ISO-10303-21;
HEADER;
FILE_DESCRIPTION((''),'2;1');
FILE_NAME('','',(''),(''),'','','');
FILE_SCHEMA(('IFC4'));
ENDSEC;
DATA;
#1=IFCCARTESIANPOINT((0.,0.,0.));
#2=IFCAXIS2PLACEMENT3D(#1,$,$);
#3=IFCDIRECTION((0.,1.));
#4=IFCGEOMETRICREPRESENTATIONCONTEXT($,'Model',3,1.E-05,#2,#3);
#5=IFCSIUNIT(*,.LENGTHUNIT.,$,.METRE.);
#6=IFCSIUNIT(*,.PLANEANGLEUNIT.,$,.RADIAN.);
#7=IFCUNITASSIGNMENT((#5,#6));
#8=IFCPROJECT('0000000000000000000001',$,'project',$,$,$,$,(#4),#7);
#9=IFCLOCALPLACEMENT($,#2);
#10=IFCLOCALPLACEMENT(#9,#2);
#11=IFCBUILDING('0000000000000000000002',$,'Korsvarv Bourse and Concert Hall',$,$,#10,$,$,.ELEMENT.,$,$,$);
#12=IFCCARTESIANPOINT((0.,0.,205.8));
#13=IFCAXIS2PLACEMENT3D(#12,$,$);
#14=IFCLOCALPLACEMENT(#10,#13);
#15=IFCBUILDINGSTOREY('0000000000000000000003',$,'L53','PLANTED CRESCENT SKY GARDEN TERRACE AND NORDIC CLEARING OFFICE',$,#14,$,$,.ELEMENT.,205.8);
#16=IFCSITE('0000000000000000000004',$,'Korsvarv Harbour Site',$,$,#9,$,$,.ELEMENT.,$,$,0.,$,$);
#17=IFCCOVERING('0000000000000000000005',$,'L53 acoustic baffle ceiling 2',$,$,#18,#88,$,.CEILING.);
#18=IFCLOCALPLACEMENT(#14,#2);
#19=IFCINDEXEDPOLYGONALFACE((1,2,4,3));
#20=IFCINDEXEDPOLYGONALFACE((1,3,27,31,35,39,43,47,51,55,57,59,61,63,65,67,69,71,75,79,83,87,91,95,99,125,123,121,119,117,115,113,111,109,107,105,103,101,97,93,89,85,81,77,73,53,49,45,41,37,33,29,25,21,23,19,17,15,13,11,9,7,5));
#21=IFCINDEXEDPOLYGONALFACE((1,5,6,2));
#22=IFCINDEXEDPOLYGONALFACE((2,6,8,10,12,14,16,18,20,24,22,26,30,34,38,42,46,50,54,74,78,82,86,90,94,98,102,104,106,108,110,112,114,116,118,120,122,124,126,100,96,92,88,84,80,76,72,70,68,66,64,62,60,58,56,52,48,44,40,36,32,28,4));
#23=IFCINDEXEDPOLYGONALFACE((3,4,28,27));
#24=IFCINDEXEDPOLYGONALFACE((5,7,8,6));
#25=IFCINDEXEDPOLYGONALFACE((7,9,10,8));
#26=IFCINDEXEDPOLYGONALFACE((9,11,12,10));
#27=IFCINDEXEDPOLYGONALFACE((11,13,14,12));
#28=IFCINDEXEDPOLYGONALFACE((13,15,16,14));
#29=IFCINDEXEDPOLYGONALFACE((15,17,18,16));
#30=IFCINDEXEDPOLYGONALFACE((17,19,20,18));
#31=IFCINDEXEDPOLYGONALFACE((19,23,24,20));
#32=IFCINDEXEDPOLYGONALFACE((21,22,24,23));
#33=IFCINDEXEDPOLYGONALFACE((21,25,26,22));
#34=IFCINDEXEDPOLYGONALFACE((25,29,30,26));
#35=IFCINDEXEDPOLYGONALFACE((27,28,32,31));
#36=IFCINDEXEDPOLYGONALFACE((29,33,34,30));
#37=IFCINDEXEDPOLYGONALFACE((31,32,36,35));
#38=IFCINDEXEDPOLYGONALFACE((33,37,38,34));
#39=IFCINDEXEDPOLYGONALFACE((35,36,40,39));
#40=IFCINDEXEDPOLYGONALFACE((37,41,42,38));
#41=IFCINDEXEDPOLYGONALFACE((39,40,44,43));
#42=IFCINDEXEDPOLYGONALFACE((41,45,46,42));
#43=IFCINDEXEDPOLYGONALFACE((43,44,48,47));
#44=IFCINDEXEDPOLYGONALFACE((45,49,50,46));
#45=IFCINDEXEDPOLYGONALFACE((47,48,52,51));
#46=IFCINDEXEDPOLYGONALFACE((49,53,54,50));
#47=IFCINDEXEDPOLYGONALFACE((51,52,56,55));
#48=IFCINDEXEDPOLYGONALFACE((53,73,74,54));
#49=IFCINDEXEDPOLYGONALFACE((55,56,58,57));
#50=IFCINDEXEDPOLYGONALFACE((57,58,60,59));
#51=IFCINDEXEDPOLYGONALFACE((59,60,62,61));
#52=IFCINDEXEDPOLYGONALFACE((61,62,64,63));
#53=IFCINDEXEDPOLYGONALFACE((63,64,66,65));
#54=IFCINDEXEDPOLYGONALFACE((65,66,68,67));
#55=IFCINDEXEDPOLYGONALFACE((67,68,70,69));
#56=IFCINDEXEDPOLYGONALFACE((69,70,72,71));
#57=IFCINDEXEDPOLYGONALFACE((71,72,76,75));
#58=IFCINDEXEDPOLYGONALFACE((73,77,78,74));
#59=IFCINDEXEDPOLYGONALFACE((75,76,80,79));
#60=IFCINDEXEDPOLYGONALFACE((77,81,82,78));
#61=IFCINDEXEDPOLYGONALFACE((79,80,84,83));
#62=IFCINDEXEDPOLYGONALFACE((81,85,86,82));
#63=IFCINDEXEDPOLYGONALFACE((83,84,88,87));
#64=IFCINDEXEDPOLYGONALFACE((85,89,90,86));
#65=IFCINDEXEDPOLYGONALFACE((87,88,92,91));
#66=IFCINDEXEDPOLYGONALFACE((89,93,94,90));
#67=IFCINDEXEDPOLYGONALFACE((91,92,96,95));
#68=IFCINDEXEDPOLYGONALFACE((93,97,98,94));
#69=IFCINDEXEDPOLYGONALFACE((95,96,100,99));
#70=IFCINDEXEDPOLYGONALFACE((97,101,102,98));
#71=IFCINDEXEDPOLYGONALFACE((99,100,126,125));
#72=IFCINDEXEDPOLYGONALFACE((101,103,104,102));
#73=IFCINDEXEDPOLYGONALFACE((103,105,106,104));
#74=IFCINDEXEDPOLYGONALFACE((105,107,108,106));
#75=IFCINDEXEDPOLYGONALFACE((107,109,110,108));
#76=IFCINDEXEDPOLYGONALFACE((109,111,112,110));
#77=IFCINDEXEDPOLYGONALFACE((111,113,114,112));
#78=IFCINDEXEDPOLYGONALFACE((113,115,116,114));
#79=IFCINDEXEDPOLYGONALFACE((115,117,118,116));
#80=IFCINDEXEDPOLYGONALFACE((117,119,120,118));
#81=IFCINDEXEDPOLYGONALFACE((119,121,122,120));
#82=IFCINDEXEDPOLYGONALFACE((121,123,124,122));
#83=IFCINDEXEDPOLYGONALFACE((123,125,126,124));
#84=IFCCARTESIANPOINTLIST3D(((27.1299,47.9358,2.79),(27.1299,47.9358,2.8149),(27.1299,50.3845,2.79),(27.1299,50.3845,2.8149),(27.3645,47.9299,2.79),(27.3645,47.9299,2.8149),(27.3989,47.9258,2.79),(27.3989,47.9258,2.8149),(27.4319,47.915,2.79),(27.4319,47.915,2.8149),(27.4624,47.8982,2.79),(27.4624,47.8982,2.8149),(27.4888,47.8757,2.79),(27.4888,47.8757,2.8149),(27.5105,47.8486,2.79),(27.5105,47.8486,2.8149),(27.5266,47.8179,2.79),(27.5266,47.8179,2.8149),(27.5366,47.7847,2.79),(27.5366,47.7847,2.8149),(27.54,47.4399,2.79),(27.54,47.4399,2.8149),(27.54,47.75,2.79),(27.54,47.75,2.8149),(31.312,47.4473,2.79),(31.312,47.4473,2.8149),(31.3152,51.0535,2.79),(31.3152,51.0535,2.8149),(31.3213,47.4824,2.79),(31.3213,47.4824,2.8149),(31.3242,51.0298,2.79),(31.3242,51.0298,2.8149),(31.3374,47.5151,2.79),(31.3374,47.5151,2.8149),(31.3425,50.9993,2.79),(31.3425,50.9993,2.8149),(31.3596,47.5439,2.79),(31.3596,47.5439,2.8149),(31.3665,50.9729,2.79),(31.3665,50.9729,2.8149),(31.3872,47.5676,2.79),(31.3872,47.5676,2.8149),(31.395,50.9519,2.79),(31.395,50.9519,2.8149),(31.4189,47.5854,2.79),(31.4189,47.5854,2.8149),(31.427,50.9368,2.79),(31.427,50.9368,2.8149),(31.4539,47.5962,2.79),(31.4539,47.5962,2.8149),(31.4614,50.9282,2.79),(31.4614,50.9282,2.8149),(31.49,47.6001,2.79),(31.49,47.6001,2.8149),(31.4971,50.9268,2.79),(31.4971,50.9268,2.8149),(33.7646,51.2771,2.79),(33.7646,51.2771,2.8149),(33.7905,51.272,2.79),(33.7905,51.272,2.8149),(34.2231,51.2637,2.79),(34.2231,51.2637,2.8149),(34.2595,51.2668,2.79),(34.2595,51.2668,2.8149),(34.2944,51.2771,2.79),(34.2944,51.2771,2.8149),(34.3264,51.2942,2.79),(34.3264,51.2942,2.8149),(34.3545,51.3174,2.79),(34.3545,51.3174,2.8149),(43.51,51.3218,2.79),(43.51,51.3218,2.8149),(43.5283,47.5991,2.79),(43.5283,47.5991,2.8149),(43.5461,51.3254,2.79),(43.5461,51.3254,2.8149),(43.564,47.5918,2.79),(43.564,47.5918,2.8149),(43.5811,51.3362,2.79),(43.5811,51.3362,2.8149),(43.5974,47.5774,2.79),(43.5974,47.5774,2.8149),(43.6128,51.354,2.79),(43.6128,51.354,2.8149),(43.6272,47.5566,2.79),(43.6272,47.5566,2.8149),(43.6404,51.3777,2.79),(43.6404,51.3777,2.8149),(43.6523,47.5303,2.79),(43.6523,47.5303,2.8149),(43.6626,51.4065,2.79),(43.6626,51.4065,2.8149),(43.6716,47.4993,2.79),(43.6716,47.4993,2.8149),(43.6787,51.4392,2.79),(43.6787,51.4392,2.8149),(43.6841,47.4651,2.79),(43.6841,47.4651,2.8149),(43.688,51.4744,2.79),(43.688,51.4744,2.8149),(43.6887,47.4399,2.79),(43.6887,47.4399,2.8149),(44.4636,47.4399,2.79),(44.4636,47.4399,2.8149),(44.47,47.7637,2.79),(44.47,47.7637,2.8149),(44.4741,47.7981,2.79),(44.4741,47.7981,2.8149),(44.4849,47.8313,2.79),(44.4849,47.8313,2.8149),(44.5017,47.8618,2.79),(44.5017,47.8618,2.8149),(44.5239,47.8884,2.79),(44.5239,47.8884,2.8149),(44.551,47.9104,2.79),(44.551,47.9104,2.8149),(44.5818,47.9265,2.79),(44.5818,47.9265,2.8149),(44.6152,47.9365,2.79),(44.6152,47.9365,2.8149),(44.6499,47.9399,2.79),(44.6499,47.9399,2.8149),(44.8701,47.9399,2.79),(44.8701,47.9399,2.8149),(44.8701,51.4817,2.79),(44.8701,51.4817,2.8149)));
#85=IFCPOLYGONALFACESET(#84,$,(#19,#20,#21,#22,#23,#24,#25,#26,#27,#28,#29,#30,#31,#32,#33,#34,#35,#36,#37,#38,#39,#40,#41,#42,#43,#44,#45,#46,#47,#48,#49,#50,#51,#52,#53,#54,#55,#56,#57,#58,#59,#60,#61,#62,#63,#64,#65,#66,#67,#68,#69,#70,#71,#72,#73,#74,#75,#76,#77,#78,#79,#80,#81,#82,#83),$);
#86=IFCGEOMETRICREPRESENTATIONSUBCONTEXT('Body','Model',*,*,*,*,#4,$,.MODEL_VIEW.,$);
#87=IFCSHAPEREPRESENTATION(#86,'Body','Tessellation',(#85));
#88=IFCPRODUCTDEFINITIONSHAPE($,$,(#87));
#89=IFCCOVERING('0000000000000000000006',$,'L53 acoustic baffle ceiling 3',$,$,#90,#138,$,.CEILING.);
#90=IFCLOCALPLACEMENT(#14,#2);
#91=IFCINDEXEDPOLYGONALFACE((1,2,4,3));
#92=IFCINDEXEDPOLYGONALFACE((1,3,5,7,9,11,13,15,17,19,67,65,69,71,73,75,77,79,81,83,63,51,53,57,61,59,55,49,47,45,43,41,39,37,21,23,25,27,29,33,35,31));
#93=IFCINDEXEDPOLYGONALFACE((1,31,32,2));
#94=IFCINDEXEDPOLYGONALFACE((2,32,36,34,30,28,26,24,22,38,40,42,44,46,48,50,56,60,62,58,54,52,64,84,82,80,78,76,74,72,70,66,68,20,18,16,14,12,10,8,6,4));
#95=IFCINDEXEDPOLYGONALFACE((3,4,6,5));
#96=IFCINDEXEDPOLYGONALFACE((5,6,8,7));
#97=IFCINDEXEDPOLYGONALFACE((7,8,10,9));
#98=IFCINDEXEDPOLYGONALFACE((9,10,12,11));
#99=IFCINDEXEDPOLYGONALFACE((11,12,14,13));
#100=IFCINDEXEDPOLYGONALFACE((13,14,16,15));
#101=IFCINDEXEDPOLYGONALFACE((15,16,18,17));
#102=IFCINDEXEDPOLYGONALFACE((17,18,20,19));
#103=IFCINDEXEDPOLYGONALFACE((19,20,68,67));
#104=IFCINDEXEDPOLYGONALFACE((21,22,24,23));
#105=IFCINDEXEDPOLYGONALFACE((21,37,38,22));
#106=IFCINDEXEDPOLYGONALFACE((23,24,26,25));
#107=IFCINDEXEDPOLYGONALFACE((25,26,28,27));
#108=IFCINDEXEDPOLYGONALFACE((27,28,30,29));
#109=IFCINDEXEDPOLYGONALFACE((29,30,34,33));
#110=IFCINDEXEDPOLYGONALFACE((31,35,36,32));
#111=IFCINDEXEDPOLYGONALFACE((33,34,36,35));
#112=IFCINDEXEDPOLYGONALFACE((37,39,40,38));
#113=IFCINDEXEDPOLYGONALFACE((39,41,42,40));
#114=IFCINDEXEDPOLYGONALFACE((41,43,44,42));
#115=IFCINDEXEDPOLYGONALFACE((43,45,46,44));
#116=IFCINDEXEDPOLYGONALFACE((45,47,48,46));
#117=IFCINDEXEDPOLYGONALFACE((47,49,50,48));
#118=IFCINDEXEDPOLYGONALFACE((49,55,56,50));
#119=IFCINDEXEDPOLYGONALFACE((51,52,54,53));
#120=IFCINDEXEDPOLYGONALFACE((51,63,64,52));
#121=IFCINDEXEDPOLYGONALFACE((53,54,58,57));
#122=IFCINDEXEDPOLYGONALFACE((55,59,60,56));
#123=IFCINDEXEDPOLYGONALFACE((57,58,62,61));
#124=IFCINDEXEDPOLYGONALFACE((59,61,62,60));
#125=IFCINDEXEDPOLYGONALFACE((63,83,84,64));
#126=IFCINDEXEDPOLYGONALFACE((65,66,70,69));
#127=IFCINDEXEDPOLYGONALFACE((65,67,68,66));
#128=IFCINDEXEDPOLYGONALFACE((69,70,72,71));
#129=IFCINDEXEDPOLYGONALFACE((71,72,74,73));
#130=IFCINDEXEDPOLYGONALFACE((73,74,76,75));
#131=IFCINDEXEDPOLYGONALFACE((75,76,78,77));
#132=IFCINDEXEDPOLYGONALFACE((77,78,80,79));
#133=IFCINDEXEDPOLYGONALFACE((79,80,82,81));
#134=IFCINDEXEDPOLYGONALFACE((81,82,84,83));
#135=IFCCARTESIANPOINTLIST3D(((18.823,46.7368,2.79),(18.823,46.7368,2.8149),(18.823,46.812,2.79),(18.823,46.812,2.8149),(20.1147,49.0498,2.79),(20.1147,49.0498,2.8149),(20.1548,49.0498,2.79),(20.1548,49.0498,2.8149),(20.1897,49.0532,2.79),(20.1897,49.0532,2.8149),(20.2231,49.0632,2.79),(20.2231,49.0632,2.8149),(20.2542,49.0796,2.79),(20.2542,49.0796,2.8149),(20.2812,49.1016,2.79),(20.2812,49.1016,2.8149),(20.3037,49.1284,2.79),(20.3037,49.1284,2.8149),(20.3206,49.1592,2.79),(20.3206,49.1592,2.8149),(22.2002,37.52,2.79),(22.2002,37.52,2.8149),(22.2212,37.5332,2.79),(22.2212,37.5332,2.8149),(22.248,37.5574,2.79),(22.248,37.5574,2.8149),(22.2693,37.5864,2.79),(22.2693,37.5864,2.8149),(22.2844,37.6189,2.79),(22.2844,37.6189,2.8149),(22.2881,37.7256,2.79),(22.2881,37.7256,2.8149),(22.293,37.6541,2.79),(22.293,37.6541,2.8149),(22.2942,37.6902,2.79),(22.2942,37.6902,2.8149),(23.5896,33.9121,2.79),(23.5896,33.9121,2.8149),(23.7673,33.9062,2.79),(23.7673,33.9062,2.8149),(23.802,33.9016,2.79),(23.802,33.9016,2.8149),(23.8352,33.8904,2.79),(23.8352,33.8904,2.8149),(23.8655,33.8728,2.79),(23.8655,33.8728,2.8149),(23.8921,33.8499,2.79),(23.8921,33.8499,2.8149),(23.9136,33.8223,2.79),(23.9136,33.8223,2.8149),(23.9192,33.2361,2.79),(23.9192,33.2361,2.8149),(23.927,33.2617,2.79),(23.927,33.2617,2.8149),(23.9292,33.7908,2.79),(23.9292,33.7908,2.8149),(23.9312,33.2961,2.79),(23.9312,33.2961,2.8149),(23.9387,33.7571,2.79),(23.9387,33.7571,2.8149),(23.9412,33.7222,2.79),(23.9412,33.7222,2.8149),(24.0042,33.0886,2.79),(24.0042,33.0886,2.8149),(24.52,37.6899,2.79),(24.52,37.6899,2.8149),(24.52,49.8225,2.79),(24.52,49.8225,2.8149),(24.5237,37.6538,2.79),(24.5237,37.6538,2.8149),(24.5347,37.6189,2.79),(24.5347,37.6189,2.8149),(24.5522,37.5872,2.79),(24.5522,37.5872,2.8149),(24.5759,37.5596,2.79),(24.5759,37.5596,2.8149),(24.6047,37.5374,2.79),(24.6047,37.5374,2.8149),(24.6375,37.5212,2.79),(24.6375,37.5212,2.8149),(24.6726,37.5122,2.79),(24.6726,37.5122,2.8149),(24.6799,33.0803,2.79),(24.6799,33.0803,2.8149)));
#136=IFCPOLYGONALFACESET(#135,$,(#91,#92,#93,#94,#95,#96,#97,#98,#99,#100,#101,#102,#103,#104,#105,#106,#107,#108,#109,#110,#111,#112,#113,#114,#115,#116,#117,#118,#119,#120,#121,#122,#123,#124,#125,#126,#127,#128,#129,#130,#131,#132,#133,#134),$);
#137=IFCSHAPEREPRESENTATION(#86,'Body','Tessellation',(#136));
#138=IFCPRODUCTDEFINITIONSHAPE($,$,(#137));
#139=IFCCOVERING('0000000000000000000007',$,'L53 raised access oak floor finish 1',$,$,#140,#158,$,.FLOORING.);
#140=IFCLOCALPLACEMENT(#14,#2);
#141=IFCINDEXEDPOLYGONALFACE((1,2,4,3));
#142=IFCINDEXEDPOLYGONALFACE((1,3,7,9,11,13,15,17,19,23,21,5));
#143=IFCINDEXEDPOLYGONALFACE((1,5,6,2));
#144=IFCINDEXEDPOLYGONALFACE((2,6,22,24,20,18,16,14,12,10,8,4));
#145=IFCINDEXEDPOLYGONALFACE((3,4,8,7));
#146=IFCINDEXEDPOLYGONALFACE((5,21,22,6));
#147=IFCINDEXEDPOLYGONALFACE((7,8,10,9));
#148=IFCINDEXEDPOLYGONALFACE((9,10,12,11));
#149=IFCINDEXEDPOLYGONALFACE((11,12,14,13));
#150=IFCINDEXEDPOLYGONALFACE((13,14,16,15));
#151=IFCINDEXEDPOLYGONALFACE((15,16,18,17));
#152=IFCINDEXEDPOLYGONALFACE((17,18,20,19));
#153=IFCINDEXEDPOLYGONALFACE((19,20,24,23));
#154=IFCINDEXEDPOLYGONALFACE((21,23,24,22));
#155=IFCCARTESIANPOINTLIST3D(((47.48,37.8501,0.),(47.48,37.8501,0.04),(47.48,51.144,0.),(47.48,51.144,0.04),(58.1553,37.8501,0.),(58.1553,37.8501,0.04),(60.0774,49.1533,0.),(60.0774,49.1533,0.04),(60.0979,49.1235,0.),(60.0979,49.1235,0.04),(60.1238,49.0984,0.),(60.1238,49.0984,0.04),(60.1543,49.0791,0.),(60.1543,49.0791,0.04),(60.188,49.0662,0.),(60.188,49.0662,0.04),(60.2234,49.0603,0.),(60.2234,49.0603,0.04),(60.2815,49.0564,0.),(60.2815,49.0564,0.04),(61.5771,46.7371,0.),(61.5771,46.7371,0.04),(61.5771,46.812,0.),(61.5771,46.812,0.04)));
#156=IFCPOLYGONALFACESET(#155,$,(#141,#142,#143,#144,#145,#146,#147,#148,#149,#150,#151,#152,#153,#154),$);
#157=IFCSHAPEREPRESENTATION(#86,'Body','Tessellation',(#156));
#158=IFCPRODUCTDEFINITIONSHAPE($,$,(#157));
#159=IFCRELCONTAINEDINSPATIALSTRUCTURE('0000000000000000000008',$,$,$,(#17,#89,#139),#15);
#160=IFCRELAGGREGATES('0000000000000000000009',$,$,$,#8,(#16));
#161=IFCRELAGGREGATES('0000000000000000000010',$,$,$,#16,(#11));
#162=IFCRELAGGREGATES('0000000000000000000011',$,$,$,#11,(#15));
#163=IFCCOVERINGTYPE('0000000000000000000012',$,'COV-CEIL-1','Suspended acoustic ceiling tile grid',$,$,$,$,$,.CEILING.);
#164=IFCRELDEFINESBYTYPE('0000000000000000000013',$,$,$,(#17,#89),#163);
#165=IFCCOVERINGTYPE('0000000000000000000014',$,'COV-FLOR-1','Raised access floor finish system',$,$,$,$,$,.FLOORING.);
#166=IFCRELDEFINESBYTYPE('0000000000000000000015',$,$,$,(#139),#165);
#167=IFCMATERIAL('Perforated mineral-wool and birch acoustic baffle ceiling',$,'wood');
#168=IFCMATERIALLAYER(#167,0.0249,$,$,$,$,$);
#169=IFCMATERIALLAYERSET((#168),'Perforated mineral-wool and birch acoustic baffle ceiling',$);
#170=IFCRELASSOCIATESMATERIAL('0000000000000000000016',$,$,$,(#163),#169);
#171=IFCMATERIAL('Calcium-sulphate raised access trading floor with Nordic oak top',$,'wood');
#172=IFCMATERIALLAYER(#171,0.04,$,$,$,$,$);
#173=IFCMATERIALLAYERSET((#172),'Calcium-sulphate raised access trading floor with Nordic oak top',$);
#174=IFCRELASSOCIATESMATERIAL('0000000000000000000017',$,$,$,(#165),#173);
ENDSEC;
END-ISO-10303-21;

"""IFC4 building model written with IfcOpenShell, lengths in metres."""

from ifc_helpers import new_model, si_unit, direction, frame, origin, place, context, subcontext, project, spatial, polyline, outline, extrude, material, layer, layer_set, type_object, element, save


model = new_model("IFC4")

# Units and contexts
model_context = context("Model", 3, precision=1e-05, world=origin(), true_north=direction((0.0, 1.0)))
body_context = subcontext(model_context, "Body", "Model", "MODEL_VIEW")
ifc_project = project(units=[si_unit("LENGTHUNIT", "METRE"), si_unit("PLANEANGLEUNIT", "RADIAN")], contexts=[model_context])

# Site, building, storey
site_placement = place(None, origin())
site = spatial("IfcSite", under=ifc_project, at=site_placement, Name="Korsvarv Harbour Site", CompositionType="ELEMENT", RefElevation=0.0)
building_placement = place(site_placement, origin())
building = spatial("IfcBuilding", under=site, at=building_placement, Name="Korsvarv Bourse and Concert Hall", CompositionType="ELEMENT")
storey_placement = place(building_placement, frame((0.0, 0.0, 205.8)))
storey = spatial("IfcBuildingStorey", under=building, at=storey_placement, Name="L53", Description="PLANTED CRESCENT SKY GARDEN TERRACE AND NORDIC CLEARING OFFICE", CompositionType="ELEMENT", Elevation=205.8)

# Coverings
ifc_material_1 = material(Name="Perforated mineral-wool and birch acoustic baffle ceiling", Category="wood")
ifc_layer_1 = layer(ifc_material_1, 0.0249)
ifc_layer_set_1 = layer_set([ifc_layer_1], Name="Perforated mineral-wool and birch acoustic baffle ceiling")
covering_type_1 = type_object("IfcCoveringType", Name="COV-CEIL-1", Description="Suspended acoustic ceiling tile grid", PredefinedType="CEILING", material=ifc_layer_set_1)
covering_1_placement = place(storey_placement, frame((0.0, 0.0, 2.79)))
element("IfcCovering", 1, at=covering_1_placement, inside=storey, type_object=covering_type_1, Name="L53 acoustic baffle ceiling 2", PredefinedType="CEILING", context=body_context, shape_type="SweptSolid", body=[
    extrude(outline(polyline([(31.3152, 51.0535), (31.3242, 51.0298), (31.3425, 50.9993), (31.3665, 50.9729), (31.395, 50.9519), (31.427, 50.9368), (31.4614, 50.9282), (31.4971, 50.9268), (33.7646, 51.2771), (33.7905, 51.272), (34.2231, 51.2637), (34.2595, 51.2668), (34.2944, 51.2771), (34.3264, 51.2942), (34.3545, 51.3174), (43.51, 51.3218), (43.5461, 51.3254), (43.5811, 51.3362), (43.6128, 51.354), (43.6404, 51.3777), (43.6626, 51.4065), (43.6787, 51.4392), (43.688, 51.4744), (44.8701, 51.4817), (44.8701, 47.9399), (44.6499, 47.9399), (44.6152, 47.9365), (44.5818, 47.9265), (44.551, 47.9104), (44.5239, 47.8884), (44.5017, 47.8618), (44.4849, 47.8313), (44.4741, 47.7981), (44.47, 47.7637), (44.4636, 47.4399), (43.6887, 47.4399), (43.6841, 47.4651), (43.6716, 47.4993), (43.6523, 47.5303), (43.6272, 47.5566), (43.5974, 47.5774), (43.564, 47.5918), (43.5283, 47.5991), (31.49, 47.6001), (31.4539, 47.5962), (31.4189, 47.5854), (31.3872, 47.5676), (31.3596, 47.5439), (31.3374, 47.5151), (31.3213, 47.4824), (31.312, 47.4473), (27.54, 47.4399), (27.54, 47.75), (27.5366, 47.7847), (27.5266, 47.8179), (27.5105, 47.8486), (27.4888, 47.8757), (27.4624, 47.8982), (27.4319, 47.915), (27.3989, 47.9258), (27.3645, 47.9299), (27.1299, 47.9358), (27.1299, 50.3845), (31.3152, 51.0535)])), origin(), (0.0, 0.0, 1.0), 0.0249),
])
covering_2_placement = place(storey_placement, frame((0.0, 0.0, 2.79)))
element("IfcCovering", 2, at=covering_2_placement, inside=storey, type_object=covering_type_1, Name="L53 acoustic baffle ceiling 3", PredefinedType="CEILING", context=body_context, shape_type="SweptSolid", body=[
    extrude(outline(polyline([(24.52, 49.8225), (24.52, 37.6899), (24.5237, 37.6538), (24.5347, 37.6189), (24.5522, 37.5872), (24.5759, 37.5596), (24.6047, 37.5374), (24.6375, 37.5212), (24.6726, 37.5122), (24.6799, 33.0803), (24.0042, 33.0886), (23.9192, 33.2361), (23.927, 33.2617), (23.9312, 33.2961), (23.9412, 33.7222), (23.9387, 33.7571), (23.9292, 33.7908), (23.9136, 33.8223), (23.8921, 33.8499), (23.8655, 33.8728), (23.8352, 33.8904), (23.802, 33.9016), (23.7673, 33.9062), (23.5896, 33.9121), (22.2002, 37.52), (22.2212, 37.5332), (22.248, 37.5574), (22.2693, 37.5864), (22.2844, 37.6189), (22.293, 37.6541), (22.2942, 37.6902), (22.2881, 37.7256), (18.823, 46.7368), (18.823, 46.812), (20.1147, 49.0498), (20.1548, 49.0498), (20.1897, 49.0532), (20.2231, 49.0632), (20.2542, 49.0796), (20.2812, 49.1016), (20.3037, 49.1284), (20.3206, 49.1592), (24.52, 49.8225)])), origin(), (0.0, 0.0, 1.0), 0.0249),
])
ifc_material_2 = material(Name="Calcium-sulphate raised access trading floor with Nordic oak top", Category="wood")
ifc_layer_2 = layer(ifc_material_2, 0.04)
ifc_layer_set_2 = layer_set([ifc_layer_2], Name="Calcium-sulphate raised access trading floor with Nordic oak top")
covering_type_2 = type_object("IfcCoveringType", Name="COV-FLOR-1", Description="Raised access floor finish system", PredefinedType="FLOORING", material=ifc_layer_set_2)
covering_3_placement = place(storey_placement, origin())
element("IfcCovering", 3, at=covering_3_placement, inside=storey, type_object=covering_type_2, Name="L53 raised access oak floor finish 1", PredefinedType="FLOORING", context=body_context, shape_type="SweptSolid", body=[
    extrude(outline(polyline([(60.0774, 49.1533), (60.0979, 49.1235), (60.1238, 49.0984), (60.1543, 49.0791), (60.188, 49.0662), (60.2234, 49.0603), (60.2815, 49.0564), (61.5771, 46.812), (61.5771, 46.7371), (58.1553, 37.8501), (47.48, 37.8501), (47.48, 51.144), (60.0774, 49.1533)])), origin(), (0.0, 0.0, 1.0), 0.04),
])

save(model, "model.ifc")
